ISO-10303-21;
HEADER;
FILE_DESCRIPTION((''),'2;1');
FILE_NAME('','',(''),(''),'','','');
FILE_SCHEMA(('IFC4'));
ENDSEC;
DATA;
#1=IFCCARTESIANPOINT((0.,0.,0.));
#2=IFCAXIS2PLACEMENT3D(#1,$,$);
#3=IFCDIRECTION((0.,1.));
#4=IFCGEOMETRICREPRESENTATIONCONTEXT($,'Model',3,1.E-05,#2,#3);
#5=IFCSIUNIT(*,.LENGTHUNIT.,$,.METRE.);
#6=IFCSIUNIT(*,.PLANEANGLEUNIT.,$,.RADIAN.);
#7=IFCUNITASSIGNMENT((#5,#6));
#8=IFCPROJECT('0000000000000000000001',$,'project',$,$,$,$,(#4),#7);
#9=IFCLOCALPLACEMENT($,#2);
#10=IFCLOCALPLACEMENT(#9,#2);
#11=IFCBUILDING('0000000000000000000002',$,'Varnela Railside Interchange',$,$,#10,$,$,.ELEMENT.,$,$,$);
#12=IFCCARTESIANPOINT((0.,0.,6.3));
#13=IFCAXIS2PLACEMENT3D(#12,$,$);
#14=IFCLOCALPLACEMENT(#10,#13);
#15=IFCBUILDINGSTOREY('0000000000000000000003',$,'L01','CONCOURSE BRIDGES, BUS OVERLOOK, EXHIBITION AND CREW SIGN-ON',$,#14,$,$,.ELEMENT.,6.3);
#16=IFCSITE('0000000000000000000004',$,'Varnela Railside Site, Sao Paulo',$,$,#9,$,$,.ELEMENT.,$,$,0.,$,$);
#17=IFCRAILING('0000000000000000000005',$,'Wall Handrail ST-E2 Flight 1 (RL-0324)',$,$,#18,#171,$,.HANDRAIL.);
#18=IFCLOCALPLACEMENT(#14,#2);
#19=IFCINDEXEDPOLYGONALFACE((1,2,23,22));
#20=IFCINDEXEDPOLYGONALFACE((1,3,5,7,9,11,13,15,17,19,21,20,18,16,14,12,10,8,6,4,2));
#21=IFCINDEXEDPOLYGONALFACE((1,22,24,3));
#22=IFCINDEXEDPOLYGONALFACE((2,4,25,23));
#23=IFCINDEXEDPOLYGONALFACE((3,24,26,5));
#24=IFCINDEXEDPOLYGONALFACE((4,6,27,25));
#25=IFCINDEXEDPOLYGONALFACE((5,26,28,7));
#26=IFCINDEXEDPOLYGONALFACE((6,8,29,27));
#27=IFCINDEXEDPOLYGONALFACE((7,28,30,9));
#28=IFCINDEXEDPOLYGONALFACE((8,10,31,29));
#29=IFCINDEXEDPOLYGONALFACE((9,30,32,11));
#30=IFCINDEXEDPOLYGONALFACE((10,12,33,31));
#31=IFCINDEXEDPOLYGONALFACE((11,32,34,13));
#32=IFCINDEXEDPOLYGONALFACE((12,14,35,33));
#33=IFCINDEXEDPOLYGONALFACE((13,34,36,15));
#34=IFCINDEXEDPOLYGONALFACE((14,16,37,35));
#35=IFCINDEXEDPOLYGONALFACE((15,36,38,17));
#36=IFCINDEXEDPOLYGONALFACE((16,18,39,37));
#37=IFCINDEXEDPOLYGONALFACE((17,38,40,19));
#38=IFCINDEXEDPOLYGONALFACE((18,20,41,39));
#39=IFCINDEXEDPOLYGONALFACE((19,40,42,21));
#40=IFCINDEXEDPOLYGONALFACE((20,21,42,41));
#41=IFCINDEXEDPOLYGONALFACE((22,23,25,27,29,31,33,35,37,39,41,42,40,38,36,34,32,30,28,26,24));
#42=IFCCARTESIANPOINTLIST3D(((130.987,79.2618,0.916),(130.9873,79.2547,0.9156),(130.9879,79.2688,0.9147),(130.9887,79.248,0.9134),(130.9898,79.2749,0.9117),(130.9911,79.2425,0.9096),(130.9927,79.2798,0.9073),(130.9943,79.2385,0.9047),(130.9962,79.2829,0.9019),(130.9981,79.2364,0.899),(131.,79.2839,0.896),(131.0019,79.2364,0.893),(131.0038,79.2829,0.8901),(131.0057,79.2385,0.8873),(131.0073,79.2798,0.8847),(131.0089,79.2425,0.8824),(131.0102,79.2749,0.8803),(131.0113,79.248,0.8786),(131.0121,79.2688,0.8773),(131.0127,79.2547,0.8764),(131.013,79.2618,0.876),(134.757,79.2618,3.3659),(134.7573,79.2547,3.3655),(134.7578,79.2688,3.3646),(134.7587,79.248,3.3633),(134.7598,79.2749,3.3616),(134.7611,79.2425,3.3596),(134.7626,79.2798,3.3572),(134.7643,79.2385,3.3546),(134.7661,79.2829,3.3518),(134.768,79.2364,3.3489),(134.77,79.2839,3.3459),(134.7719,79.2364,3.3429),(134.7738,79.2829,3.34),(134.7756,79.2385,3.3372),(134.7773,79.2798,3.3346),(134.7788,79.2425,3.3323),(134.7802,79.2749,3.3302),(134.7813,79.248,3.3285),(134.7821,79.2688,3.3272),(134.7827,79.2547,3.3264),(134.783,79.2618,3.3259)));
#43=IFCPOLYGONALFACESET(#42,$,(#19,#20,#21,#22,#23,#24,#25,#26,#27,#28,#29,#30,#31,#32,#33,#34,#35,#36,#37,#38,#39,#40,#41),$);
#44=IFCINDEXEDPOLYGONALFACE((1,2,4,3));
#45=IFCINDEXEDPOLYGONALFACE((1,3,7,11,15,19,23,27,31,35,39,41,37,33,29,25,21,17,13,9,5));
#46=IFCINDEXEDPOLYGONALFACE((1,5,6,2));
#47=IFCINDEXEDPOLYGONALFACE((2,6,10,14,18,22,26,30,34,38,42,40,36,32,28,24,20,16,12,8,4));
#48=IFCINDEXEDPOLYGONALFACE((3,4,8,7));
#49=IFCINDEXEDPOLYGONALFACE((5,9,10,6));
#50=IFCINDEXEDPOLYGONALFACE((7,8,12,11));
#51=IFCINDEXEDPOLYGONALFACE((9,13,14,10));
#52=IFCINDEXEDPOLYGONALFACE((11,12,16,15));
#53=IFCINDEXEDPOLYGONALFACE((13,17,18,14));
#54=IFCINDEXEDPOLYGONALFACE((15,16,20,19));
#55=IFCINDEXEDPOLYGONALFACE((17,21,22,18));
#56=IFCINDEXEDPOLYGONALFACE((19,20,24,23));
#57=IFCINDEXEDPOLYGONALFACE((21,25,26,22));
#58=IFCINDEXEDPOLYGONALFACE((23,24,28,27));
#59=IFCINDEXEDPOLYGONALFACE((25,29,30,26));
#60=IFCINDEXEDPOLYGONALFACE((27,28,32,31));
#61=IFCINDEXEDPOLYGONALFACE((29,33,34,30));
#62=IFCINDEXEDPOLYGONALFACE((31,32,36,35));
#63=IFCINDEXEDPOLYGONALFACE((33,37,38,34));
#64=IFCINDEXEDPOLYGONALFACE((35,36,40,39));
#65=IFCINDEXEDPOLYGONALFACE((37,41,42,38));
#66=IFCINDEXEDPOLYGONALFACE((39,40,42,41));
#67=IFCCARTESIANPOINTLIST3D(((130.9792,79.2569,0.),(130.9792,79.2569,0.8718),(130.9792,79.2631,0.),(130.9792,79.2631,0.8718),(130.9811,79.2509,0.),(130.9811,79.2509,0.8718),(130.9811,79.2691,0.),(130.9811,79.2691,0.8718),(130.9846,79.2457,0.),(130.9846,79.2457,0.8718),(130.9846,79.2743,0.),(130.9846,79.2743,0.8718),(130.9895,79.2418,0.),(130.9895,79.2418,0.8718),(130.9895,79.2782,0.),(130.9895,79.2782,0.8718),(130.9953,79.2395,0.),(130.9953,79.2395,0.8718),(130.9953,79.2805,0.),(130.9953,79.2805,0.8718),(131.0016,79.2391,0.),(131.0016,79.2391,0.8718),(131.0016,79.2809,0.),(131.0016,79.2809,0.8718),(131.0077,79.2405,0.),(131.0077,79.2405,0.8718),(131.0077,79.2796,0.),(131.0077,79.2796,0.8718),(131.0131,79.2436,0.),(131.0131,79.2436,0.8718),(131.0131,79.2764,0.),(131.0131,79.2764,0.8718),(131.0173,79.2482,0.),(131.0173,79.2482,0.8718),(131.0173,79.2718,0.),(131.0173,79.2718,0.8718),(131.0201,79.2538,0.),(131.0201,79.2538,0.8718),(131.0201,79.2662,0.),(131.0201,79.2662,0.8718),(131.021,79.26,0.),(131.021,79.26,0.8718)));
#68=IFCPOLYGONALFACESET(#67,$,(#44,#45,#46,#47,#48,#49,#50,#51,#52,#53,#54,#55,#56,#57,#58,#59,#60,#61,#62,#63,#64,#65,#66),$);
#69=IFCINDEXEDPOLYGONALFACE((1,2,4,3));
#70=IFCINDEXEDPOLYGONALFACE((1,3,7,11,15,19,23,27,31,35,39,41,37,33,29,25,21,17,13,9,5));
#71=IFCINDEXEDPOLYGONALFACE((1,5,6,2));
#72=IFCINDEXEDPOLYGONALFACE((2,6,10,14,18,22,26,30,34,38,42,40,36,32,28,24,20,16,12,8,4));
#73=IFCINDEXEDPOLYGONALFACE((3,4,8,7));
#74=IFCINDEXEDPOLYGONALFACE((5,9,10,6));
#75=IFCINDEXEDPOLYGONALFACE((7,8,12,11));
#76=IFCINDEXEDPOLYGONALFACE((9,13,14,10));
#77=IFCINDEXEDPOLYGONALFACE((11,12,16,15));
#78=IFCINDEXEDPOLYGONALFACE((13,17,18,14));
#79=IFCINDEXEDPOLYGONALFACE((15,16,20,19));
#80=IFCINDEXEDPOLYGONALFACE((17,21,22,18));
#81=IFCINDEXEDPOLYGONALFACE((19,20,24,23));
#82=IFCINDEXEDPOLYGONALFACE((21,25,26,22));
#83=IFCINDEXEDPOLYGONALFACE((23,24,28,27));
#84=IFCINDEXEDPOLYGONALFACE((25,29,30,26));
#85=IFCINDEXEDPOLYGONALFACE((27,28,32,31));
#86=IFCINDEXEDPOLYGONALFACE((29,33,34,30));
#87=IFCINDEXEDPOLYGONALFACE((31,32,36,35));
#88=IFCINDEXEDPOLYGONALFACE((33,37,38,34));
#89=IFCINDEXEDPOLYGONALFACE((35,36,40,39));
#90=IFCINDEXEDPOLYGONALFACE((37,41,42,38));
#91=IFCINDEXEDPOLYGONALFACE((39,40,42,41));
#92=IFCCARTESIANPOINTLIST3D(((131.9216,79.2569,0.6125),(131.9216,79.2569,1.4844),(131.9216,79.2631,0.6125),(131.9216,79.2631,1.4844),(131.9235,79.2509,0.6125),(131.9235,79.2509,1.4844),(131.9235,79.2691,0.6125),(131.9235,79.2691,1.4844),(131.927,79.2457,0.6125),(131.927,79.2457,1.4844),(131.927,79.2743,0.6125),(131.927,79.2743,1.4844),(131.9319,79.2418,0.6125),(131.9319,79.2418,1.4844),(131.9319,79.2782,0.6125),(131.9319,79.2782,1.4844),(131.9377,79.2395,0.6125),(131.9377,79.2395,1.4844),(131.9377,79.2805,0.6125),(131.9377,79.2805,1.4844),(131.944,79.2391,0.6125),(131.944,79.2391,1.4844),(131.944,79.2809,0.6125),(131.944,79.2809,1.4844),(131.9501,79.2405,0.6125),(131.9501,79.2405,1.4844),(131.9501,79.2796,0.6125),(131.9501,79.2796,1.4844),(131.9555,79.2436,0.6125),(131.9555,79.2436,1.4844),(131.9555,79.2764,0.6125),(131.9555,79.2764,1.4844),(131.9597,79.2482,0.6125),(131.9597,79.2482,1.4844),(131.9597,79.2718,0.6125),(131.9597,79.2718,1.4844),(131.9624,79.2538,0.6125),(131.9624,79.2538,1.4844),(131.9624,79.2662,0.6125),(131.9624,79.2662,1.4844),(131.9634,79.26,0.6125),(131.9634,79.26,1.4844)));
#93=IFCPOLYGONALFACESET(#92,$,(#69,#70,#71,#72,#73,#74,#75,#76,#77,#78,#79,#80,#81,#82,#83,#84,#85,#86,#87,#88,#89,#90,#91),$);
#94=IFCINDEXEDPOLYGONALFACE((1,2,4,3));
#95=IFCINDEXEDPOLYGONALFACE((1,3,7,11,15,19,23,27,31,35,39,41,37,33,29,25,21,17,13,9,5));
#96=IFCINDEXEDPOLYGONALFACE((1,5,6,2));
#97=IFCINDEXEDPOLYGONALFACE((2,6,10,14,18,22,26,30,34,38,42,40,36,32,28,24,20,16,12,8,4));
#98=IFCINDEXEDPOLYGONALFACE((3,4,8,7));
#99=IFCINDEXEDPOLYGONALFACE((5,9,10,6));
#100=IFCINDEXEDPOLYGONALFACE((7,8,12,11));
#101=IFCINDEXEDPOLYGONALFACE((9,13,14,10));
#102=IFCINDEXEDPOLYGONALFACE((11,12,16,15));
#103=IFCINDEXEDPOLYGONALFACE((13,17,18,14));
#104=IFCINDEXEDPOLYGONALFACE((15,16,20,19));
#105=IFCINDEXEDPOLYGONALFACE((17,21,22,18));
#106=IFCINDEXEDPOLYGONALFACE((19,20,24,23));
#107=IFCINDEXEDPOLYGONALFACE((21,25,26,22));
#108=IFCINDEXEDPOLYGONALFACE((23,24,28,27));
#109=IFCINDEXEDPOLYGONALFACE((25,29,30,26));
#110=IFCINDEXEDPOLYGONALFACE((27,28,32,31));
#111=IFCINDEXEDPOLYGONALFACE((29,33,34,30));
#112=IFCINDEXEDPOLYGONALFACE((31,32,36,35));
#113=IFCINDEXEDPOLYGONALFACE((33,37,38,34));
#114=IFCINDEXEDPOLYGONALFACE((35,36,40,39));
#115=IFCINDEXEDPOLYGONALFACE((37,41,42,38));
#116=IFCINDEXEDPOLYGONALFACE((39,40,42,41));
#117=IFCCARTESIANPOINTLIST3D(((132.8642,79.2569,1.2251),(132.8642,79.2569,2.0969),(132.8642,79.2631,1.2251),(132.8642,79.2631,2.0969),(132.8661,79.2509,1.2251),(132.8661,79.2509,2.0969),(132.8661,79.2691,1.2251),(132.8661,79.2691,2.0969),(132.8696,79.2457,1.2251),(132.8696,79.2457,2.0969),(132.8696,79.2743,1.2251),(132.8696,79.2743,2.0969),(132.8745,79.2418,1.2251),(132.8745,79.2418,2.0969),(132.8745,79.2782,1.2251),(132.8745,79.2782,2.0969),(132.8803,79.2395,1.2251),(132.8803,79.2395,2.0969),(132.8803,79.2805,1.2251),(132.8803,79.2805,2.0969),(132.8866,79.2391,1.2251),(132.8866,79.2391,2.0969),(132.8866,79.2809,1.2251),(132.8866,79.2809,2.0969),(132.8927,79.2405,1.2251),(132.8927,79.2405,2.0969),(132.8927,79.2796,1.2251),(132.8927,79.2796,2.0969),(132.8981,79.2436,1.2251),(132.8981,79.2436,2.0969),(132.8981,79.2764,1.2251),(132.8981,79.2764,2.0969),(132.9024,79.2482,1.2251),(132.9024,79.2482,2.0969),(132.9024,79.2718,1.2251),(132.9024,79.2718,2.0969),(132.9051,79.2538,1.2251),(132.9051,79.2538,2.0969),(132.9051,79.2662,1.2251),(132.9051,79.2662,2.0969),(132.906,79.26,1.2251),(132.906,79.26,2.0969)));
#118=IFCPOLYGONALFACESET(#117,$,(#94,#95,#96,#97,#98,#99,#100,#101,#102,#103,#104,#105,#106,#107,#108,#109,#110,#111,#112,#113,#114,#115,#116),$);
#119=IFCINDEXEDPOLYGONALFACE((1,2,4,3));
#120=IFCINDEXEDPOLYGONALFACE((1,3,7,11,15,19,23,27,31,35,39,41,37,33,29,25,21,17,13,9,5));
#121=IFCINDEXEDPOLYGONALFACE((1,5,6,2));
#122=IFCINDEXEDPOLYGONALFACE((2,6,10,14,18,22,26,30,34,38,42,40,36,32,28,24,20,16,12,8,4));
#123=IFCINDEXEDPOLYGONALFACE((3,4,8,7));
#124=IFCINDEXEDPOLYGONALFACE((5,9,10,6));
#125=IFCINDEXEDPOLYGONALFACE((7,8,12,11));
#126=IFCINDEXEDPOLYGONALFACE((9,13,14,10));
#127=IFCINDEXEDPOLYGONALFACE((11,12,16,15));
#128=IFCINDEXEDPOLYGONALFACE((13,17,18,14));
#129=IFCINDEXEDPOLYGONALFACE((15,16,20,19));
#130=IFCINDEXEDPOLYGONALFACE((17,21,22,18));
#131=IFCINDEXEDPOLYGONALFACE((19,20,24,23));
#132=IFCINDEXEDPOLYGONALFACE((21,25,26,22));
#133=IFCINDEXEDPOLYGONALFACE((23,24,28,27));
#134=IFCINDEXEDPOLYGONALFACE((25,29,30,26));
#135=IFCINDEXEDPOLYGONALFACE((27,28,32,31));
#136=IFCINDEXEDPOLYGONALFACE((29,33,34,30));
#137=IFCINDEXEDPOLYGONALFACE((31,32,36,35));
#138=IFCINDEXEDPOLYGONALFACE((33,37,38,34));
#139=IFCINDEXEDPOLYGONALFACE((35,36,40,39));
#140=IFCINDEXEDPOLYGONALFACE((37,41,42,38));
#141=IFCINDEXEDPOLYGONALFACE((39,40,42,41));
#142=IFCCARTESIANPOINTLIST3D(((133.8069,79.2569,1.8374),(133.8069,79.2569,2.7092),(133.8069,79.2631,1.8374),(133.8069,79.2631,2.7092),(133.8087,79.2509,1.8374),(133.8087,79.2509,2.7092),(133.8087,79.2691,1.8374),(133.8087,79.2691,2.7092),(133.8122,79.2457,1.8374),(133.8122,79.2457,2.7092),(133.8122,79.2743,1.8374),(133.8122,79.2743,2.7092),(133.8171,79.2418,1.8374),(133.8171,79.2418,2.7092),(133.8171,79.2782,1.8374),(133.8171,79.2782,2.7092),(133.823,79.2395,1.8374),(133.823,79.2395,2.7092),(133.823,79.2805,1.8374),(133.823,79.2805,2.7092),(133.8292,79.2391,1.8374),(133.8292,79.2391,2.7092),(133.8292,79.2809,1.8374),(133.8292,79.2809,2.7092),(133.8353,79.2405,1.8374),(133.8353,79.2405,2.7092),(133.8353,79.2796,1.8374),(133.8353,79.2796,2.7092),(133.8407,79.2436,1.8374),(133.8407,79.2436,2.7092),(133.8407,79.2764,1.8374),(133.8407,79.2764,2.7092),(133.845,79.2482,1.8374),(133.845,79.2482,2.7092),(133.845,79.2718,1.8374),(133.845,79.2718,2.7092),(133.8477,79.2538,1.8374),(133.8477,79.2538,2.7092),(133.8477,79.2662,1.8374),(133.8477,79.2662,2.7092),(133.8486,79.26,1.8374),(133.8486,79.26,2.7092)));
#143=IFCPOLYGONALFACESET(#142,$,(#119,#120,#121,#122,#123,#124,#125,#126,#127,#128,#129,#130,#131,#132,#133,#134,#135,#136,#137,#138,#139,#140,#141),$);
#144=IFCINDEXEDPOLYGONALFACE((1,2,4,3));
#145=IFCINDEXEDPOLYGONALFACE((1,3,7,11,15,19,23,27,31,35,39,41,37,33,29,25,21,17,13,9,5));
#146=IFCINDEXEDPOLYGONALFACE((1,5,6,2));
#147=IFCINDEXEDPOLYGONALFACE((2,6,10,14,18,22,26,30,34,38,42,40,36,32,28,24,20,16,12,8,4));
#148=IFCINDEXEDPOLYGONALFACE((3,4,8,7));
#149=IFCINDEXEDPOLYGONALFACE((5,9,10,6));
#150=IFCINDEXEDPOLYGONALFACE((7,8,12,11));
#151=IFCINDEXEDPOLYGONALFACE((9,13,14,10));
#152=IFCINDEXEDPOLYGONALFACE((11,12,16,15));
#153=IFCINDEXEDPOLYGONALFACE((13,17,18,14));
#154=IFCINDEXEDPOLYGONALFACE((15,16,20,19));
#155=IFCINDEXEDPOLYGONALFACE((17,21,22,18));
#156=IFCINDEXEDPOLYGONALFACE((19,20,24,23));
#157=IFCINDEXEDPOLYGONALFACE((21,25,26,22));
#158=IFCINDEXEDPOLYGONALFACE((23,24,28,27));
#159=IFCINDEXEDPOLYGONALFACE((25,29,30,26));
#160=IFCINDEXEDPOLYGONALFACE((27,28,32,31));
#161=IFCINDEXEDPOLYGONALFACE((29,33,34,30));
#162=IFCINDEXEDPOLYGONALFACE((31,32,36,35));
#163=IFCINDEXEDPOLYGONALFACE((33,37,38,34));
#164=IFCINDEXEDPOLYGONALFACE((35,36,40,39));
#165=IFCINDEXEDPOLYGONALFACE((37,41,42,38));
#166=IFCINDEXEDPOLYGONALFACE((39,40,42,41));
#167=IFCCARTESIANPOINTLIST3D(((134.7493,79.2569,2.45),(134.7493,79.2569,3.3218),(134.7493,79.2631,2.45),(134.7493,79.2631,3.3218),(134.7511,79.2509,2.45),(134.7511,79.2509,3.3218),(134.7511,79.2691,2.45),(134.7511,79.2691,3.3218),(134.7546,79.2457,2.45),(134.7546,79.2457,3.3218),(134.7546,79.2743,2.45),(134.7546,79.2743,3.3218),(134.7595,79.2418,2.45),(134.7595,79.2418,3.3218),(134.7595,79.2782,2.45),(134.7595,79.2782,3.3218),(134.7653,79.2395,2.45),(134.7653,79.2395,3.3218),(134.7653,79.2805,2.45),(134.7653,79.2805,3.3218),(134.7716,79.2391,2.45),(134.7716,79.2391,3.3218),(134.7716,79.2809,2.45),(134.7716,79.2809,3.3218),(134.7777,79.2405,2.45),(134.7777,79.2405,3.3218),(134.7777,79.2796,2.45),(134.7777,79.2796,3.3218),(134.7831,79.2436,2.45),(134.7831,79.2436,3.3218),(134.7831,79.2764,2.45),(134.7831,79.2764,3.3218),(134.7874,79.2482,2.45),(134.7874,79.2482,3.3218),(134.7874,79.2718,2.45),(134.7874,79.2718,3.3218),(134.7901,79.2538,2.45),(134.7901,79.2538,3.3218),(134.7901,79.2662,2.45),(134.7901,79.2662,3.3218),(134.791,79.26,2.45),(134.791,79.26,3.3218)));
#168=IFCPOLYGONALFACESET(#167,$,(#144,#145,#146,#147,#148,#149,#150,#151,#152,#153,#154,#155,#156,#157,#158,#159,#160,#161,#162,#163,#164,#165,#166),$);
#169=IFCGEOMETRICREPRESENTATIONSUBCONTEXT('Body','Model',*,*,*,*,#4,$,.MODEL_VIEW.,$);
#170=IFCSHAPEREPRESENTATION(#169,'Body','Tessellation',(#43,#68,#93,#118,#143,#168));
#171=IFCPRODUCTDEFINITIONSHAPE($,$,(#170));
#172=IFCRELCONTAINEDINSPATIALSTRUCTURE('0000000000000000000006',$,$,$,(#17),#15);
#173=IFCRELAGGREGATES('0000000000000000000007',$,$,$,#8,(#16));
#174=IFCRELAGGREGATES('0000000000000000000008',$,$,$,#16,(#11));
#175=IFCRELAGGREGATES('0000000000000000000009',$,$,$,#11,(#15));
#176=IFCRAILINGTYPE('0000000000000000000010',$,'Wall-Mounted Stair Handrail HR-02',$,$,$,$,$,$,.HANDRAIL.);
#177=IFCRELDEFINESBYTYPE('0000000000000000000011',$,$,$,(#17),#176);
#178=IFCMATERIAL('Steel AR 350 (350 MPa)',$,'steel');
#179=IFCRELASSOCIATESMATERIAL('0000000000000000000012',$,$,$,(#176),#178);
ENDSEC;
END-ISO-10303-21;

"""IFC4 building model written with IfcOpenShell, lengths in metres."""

from ifc_helpers import new_model, si_unit, direction, frame, origin, origin_2d, place, context, subcontext, project, spatial, circle, extrude, material, type_object, element, save


model = new_model("IFC4")

# Units and contexts
model_context = context("Model", 3, precision=1e-05, world=origin(), true_north=direction((0.0, 1.0)))
body_context = subcontext(model_context, "Body", "Model", "MODEL_VIEW")
ifc_project = project(units=[si_unit("LENGTHUNIT", "METRE"), si_unit("PLANEANGLEUNIT", "RADIAN")], contexts=[model_context])

# Site, building, storey
site_placement = place(None, origin())
site = spatial("IfcSite", under=ifc_project, at=site_placement, Name="Varnela Railside Site, Sao Paulo", CompositionType="ELEMENT", RefElevation=0.0)
building_placement = place(site_placement, origin())
building = spatial("IfcBuilding", under=site, at=building_placement, Name="Varnela Railside Interchange", CompositionType="ELEMENT")
storey_placement = place(building_placement, frame((0.0, 0.0, 6.3)))
storey = spatial("IfcBuildingStorey", under=building, at=storey_placement, Name="L01", Description="CONCOURSE BRIDGES, BUS OVERLOOK, EXHIBITION AND CREW SIGN-ON", CompositionType="ELEMENT", Elevation=6.3)

# Shared definitions
ifc_material_1 = material(Name="Steel AR 350 (350 MPa)", Category="steel")

# Railing
railing_type = type_object("IfcRailingType", Name="Wall-Mounted Stair Handrail HR-02", PredefinedType="HANDRAIL", material=ifc_material_1)
railing_placement = place(storey_placement, frame((131.0, 79.26, 0.0)))
element("IfcRailing", 1, at=railing_placement, inside=storey, type_object=railing_type, Name="Wall Handrail ST-E2 Flight 1 (RL-0324)", PredefinedType="HANDRAIL", context=body_context, shape_type="SweptSolid", body=[
    extrude(circle(Radius=0.0239, at=origin_2d()), frame((0.0, 0.0, 0.896), z_axis=(0.838501, 0.0, 0.544901), x_axis=(0.0, 1.0, 0.0)), (0.0, 0.0, 1.0), 4.4961),
    extrude(circle(Radius=0.021, at=origin_2d()), origin(), (0.0, 0.0, 1.0), 0.8718),
    extrude(circle(Radius=0.021, at=origin_2d()), frame((0.9424, 0.0, 0.6125)), (0.0, 0.0, 1.0), 0.8718),
    extrude(circle(Radius=0.021, at=origin_2d()), frame((1.885, 0.0, 1.2251)), (0.0, 0.0, 1.0), 0.8718),
    extrude(circle(Radius=0.021, at=origin_2d()), frame((2.8276, 0.0, 1.8374)), (0.0, 0.0, 1.0), 0.8718),
    extrude(circle(Radius=0.021, at=origin_2d()), frame((3.77, 0.0, 2.45)), (0.0, 0.0, 1.0), 0.8718),
])

save(model, "model.ifc")
